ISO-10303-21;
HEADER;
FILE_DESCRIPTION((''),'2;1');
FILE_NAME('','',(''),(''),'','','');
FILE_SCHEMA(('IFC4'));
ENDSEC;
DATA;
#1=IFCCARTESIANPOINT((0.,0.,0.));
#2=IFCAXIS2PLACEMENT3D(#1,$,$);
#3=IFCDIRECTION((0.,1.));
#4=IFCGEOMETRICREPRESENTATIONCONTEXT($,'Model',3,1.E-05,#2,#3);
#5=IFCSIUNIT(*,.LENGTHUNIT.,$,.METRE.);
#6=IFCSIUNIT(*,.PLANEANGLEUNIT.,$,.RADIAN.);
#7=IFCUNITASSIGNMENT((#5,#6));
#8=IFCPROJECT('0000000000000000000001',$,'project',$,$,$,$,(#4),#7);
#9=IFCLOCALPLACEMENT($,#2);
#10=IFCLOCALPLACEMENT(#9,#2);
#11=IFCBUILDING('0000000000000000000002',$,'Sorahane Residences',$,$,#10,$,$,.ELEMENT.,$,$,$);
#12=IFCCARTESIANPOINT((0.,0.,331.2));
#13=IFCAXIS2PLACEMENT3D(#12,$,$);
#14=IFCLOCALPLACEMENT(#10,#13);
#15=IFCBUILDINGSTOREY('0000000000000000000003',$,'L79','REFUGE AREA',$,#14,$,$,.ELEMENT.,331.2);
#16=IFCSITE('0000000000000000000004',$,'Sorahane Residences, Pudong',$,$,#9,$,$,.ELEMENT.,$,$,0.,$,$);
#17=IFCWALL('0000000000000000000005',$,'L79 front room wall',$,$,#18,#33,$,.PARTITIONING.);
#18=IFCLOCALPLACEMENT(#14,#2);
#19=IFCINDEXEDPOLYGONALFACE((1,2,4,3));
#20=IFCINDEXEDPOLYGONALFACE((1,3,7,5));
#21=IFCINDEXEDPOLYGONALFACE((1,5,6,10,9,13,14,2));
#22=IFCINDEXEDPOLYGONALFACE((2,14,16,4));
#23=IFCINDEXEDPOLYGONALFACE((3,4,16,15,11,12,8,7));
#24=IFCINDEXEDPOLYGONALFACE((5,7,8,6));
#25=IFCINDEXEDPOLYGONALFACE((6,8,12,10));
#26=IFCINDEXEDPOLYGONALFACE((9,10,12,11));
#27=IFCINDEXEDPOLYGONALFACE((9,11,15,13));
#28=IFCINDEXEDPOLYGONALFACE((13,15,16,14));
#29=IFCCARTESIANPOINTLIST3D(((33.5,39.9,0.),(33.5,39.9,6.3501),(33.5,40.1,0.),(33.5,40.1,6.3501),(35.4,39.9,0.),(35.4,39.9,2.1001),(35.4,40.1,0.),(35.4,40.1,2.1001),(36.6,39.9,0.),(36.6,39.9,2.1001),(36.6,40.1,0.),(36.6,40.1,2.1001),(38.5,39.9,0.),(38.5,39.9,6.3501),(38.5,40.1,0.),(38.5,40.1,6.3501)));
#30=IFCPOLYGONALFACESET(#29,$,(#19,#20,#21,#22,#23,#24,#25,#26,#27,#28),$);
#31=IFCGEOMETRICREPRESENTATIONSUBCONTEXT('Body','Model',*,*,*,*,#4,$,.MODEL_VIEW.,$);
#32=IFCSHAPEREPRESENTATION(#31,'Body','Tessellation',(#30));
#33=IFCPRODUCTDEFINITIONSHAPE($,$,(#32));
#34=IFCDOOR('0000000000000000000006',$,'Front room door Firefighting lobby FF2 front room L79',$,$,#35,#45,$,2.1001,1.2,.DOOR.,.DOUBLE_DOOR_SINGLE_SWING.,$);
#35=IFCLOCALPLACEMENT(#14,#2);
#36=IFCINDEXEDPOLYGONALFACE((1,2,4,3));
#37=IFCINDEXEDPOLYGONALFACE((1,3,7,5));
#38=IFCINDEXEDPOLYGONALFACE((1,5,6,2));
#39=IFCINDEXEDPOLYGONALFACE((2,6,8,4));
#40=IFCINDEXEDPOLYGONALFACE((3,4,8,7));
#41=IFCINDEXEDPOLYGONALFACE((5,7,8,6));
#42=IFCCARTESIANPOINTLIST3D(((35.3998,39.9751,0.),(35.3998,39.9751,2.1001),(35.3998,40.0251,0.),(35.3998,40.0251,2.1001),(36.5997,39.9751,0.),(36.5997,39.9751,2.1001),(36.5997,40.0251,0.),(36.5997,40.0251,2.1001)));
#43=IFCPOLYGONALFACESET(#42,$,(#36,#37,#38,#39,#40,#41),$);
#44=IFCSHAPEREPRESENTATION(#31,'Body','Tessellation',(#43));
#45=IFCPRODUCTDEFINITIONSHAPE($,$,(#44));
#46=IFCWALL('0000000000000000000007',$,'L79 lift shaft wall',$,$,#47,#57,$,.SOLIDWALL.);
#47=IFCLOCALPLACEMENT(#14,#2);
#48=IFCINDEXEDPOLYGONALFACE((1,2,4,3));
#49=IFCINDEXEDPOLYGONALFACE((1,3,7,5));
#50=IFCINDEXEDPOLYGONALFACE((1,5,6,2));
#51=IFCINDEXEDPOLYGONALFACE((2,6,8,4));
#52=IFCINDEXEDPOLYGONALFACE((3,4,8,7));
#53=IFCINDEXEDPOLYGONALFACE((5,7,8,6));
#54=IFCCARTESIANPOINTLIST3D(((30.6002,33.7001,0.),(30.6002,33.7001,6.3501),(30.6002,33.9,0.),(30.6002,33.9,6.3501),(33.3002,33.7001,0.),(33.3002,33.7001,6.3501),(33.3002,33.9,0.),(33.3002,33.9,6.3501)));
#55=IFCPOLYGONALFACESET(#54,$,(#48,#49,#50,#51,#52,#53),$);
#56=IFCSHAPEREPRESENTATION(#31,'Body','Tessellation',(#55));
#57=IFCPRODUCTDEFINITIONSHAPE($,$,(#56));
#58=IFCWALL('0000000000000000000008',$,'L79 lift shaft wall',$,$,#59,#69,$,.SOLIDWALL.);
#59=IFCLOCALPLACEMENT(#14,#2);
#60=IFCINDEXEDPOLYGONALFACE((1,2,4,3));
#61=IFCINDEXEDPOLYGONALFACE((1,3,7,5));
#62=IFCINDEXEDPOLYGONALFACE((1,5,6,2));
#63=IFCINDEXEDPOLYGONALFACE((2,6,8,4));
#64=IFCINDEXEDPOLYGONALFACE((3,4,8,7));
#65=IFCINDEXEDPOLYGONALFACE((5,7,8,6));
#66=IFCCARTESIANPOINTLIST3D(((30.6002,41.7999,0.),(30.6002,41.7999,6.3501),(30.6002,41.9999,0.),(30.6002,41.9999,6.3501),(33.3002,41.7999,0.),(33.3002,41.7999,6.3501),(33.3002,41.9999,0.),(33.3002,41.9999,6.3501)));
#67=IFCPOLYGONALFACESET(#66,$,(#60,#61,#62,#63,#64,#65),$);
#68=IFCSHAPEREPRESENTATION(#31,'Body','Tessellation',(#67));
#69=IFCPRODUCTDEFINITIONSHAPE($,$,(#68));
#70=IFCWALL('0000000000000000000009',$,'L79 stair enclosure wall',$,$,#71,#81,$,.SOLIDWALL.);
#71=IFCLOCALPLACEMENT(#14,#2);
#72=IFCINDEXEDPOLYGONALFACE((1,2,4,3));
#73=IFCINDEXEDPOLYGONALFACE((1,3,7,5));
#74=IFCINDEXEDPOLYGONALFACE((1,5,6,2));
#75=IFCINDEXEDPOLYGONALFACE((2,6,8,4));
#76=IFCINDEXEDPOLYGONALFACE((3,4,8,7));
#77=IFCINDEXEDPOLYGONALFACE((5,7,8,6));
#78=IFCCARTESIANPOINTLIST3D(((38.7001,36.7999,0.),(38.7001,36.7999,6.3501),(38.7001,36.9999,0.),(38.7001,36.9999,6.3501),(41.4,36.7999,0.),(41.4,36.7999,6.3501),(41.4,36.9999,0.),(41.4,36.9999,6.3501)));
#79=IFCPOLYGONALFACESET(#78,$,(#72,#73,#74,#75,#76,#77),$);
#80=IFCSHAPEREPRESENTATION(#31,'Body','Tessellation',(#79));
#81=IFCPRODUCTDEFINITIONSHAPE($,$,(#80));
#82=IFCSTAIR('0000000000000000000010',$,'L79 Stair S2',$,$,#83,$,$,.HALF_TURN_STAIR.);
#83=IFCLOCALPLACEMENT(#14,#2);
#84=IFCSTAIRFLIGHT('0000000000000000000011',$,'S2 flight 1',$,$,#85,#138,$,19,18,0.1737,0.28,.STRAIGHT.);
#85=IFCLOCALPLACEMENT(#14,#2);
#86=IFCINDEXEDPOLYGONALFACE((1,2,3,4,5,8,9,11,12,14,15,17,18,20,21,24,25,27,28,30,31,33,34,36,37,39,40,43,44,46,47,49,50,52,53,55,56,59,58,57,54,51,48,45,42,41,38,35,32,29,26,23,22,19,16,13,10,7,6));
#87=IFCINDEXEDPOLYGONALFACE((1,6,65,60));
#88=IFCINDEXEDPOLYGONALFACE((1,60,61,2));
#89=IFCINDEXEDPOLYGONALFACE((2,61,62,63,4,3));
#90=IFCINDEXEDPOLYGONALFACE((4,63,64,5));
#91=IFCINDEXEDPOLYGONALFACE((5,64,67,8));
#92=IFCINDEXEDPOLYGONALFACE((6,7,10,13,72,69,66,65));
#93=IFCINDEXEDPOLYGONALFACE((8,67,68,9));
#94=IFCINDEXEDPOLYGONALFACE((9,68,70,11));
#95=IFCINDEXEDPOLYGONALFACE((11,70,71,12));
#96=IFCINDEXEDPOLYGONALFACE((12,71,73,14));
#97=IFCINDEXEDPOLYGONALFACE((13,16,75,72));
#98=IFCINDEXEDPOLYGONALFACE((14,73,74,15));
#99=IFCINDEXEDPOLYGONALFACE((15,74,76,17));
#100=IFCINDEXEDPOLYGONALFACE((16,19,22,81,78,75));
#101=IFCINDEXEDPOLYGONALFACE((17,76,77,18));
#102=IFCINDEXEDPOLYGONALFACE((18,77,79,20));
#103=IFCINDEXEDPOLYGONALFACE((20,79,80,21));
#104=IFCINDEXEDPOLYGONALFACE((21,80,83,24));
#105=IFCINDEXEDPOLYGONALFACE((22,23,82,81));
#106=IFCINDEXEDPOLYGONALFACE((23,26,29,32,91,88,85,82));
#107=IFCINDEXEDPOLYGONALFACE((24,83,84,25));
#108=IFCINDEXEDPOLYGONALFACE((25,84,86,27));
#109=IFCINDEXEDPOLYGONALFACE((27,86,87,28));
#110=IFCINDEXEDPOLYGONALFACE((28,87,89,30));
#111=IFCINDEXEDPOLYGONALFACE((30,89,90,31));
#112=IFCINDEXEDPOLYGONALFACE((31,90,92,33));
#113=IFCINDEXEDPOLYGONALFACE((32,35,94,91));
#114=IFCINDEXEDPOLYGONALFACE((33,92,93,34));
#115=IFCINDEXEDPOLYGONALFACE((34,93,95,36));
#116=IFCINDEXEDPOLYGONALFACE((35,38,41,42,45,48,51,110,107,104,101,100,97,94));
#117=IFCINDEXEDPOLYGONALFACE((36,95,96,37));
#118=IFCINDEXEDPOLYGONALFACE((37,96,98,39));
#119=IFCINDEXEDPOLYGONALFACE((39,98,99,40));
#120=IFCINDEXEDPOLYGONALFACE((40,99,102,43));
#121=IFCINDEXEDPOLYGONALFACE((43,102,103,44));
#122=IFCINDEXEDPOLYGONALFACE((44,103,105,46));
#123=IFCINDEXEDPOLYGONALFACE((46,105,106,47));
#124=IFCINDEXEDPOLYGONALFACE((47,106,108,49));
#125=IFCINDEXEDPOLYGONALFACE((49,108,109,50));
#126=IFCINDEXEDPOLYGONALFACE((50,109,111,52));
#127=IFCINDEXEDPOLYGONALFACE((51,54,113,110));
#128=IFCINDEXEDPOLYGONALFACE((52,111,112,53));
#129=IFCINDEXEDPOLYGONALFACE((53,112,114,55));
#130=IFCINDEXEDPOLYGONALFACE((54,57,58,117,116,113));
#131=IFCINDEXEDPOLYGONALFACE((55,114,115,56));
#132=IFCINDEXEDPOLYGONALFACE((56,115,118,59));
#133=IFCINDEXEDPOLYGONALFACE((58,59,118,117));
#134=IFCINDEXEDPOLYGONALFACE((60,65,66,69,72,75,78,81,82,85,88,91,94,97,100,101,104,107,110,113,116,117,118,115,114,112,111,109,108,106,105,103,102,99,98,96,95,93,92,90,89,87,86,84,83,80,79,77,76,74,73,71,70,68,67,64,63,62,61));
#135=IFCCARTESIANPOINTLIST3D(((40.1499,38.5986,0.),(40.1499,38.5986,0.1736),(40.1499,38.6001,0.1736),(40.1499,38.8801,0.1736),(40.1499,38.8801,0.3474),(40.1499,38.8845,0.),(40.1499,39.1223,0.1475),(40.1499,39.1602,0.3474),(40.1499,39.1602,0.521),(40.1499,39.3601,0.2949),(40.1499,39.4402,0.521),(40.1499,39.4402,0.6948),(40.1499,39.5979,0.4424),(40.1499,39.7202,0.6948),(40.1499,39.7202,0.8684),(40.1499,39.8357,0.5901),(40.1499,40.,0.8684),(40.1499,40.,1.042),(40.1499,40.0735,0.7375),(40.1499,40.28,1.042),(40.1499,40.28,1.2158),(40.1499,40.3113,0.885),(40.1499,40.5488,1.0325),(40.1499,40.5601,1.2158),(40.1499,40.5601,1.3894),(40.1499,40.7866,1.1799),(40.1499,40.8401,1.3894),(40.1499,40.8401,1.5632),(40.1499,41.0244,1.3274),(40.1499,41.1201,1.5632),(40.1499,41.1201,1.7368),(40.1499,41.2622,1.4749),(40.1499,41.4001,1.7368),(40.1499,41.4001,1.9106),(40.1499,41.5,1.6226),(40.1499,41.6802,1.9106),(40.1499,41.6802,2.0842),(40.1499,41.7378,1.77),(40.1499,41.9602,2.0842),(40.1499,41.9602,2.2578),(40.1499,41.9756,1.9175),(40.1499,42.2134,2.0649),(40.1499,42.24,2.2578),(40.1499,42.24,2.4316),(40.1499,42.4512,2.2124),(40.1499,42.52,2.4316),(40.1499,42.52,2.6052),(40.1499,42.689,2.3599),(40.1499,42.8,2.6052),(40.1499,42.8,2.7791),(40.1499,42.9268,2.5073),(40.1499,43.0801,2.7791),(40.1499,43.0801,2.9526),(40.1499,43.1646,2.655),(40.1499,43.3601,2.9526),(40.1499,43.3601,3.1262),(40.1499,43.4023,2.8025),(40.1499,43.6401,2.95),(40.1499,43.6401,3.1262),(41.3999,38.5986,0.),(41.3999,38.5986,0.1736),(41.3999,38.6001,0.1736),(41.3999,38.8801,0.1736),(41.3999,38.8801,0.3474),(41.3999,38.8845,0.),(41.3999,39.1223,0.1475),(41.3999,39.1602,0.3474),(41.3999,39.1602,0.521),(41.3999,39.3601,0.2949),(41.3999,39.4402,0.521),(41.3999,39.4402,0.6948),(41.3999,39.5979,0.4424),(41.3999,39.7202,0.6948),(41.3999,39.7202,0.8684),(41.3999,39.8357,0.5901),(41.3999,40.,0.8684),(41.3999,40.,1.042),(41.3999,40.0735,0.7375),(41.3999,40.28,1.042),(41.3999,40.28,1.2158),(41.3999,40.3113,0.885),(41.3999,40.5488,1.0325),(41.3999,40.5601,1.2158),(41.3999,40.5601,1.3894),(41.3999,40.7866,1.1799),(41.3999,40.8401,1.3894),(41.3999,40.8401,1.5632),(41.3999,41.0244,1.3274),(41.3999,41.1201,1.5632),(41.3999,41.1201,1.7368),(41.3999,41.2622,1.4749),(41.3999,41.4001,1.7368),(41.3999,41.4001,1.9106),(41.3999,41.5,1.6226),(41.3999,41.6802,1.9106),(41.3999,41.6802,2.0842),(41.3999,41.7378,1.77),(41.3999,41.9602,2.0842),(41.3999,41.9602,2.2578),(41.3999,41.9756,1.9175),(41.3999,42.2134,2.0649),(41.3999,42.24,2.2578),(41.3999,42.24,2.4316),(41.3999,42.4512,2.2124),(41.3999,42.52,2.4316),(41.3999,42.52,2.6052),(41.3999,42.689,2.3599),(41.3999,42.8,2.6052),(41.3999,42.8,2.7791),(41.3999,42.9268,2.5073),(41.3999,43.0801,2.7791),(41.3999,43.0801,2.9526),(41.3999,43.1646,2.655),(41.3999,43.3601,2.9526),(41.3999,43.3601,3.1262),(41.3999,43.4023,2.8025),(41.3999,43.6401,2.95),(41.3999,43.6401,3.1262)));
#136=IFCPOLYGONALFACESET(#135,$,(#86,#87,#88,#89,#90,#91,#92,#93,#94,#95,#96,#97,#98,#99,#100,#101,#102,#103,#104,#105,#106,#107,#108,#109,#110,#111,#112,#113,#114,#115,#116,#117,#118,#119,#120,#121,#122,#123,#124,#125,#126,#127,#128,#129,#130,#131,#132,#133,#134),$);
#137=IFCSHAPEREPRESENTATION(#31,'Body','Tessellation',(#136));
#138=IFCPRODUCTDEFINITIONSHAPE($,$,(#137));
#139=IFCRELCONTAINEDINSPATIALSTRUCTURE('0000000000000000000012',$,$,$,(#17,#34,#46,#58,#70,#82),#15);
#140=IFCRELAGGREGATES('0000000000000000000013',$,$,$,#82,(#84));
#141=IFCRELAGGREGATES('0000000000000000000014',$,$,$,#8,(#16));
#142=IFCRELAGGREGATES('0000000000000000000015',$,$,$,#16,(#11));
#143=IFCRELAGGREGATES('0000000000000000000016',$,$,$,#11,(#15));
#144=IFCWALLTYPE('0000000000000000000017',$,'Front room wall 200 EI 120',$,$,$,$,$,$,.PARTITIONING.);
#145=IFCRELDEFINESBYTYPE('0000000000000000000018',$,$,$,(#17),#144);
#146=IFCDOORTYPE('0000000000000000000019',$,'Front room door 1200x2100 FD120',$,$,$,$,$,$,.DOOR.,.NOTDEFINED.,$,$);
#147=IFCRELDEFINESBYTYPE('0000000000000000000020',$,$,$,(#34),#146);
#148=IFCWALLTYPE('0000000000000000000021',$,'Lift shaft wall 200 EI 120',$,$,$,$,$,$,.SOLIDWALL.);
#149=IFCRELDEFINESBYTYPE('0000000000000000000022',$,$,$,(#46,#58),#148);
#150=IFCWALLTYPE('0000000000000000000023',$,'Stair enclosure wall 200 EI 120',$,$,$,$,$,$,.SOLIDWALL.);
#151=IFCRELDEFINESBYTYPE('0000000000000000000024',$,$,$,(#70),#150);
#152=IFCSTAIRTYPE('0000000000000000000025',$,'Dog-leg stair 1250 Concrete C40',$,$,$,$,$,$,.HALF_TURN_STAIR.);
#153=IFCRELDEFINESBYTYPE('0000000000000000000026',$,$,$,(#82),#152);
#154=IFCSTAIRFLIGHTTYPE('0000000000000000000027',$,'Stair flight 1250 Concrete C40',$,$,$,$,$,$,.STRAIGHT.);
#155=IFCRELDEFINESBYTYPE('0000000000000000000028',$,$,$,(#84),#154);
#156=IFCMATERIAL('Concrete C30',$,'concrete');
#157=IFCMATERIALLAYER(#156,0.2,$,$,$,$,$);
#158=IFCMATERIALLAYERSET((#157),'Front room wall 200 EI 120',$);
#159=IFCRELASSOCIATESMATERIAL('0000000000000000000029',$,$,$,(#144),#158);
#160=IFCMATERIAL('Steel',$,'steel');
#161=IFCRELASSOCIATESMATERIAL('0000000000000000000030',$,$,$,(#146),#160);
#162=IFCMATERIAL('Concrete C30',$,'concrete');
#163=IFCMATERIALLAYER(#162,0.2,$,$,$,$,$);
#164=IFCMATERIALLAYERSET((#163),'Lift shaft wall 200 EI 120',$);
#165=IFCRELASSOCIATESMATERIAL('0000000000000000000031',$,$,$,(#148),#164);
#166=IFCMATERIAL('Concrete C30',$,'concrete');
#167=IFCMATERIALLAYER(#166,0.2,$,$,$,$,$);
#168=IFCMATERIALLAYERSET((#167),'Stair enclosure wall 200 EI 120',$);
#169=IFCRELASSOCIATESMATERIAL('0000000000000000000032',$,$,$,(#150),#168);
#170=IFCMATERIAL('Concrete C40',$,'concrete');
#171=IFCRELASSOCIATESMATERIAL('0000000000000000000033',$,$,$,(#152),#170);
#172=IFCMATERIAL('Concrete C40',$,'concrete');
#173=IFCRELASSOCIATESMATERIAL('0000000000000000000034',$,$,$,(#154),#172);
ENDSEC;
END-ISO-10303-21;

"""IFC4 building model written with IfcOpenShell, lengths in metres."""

from ifc_helpers import new_model, si_unit, direction, frame, frame_2d, origin, place, context, subcontext, project, spatial, polyline, rectangle, outline, extrude, material, layer, layer_set, type_object, element, fill, aggregate, save


model = new_model("IFC4")

# Units and contexts
model_context = context("Model", 3, precision=1e-05, world=origin(), true_north=direction((0.0, 1.0)))
body_context = subcontext(model_context, "Body", "Model", "MODEL_VIEW")
ifc_project = project(units=[si_unit("LENGTHUNIT", "METRE"), si_unit("PLANEANGLEUNIT", "RADIAN")], contexts=[model_context])

# Site, building, storey
site_placement = place(None, origin())
site = spatial("IfcSite", under=ifc_project, at=site_placement, Name="Sorahane Residences, Pudong", CompositionType="ELEMENT", RefElevation=0.0)
building_placement = place(site_placement, origin())
building = spatial("IfcBuilding", under=site, at=building_placement, Name="Sorahane Residences", CompositionType="ELEMENT")
storey_placement = place(building_placement, frame((0.0, 0.0, 331.2)))
storey = spatial("IfcBuildingStorey", under=building, at=storey_placement, Name="L79", Description="REFUGE AREA", CompositionType="ELEMENT", Elevation=331.2)

# Wall, opening, door
ifc_material_1 = material(Name="Concrete C30", Category="concrete")
ifc_layer_1 = layer(ifc_material_1, 0.2)
ifc_layer_set_1 = layer_set([ifc_layer_1], Name="Front room wall 200 EI 120")
wall_type_1 = type_object("IfcWallType", Name="Front room wall 200 EI 120", PredefinedType="PARTITIONING", material=ifc_layer_set_1)
wall_1_placement = place(storey_placement, frame((33.5, 40.0, 0.0), z_axis=(0.0, 0.0, 1.0), x_axis=(1.0, 0.0, 0.0)))
wall_1 = element("IfcWall", 1, at=wall_1_placement, inside=storey, type_object=wall_type_1, Name="L79 front room wall", PredefinedType="PARTITIONING", context=body_context, shape_type="SweptSolid", body=[
    extrude(rectangle(XDim=5.0, YDim=0.2, at=frame_2d((2.5, 0.0))), origin(), (0.0, 0.0, 1.0), 6.3501),
])
opening_placement = place(wall_1_placement, frame((1.8999, 0.0, 0.0)))
opening = element("IfcOpeningElement", 2, at=opening_placement, cuts=wall_1, PredefinedType="OPENING", context=body_context, shape_type="SweptSolid", body=[
    extrude(rectangle(XDim=1.2, YDim=2.1001, at=frame_2d((0.6001, 1.05))), frame((0.0, 0.1099, 0.0), z_axis=(0.0, -1.0, 0.0), x_axis=(1.0, 0.0, 0.0)), (0.0, 0.0, 1.0), 0.22),
])
ifc_material_2 = material(Name="Steel", Category="steel")
door_type = type_object("IfcDoorType", Name="Front room door 1200x2100 FD120", OperationType="NOTDEFINED", PredefinedType="DOOR", material=ifc_material_2)
door_placement = place(opening_placement, frame((1.2, 0.0, 0.0), z_axis=(0.0, 0.0, 1.0), x_axis=(-1.0, 0.0, 0.0)))
door = element("IfcDoor", 3, at=door_placement, inside=storey, type_object=door_type, Name="Front room door Firefighting lobby FF2 front room L79", OperationType="DOUBLE_DOOR_SINGLE_SWING", OverallHeight=2.1001, OverallWidth=1.2, PredefinedType="DOOR", context=body_context, shape_type="SweptSolid", body=[
    extrude(rectangle(XDim=1.2, YDim=2.1001, at=frame_2d((0.6001, 1.05))), frame((0.0, 0.0249, 0.0), z_axis=(0.0, -1.0, 0.0), x_axis=(1.0, 0.0, 0.0)), (0.0, 0.0, 1.0), 0.05),
])
fill(opening, door)

# Walls
ifc_material_3 = material(Name="Concrete C30", Category="concrete")
ifc_layer_2 = layer(ifc_material_3, 0.2)
ifc_layer_set_2 = layer_set([ifc_layer_2], Name="Lift shaft wall 200 EI 120")
wall_type_2 = type_object("IfcWallType", Name="Lift shaft wall 200 EI 120", PredefinedType="SOLIDWALL", material=ifc_layer_set_2)
for number, where, z_axis, x_axis, name in (
    (4, (30.6001, 33.8, 0.0), (0.0, 0.0, 1.0), (1.0, 0.0, 0.0), "L79 lift shaft wall"),
    (5, (30.6001, 41.8999, 0.0), (0.0, 0.0, 1.0), (1.0, 0.0, 0.0), "L79 lift shaft wall"),
):
    element("IfcWall", number, at=place(storey_placement, frame(where, z_axis=z_axis, x_axis=x_axis)), inside=storey, type_object=wall_type_2, Name=name, PredefinedType="SOLIDWALL", context=body_context, shape_type="SweptSolid", body=[
        extrude(rectangle(XDim=2.7, YDim=0.2, at=frame_2d((1.3501, 0.0))), origin(), (0.0, 0.0, 1.0), 6.3501),
    ])
ifc_material_4 = material(Name="Concrete C30", Category="concrete")
ifc_layer_3 = layer(ifc_material_4, 0.2)
ifc_layer_set_3 = layer_set([ifc_layer_3], Name="Stair enclosure wall 200 EI 120")
wall_type_3 = type_object("IfcWallType", Name="Stair enclosure wall 200 EI 120", PredefinedType="SOLIDWALL", material=ifc_layer_set_3)
wall_2_placement = place(storey_placement, frame((38.7, 36.8999, 0.0), z_axis=(0.0, 0.0, 1.0), x_axis=(1.0, 0.0, 0.0)))
element("IfcWall", 6, at=wall_2_placement, inside=storey, type_object=wall_type_3, Name="L79 stair enclosure wall", PredefinedType="SOLIDWALL", context=body_context, shape_type="SweptSolid", body=[
    extrude(rectangle(XDim=2.7, YDim=0.2, at=frame_2d((1.3501, 0.0))), origin(), (0.0, 0.0, 1.0), 6.3501),
])

# Stair, stair flight
ifc_material_5 = material(Name="Concrete C40", Category="concrete")
stair_type = type_object("IfcStairType", Name="Dog-leg stair 1250 Concrete C40", PredefinedType="HALF_TURN_STAIR", material=ifc_material_5)
stair_placement = place(storey_placement, origin())
stair = element("IfcStair", 7, at=stair_placement, inside=storey, type_object=stair_type, Name="L79 Stair S2", PredefinedType="HALF_TURN_STAIR")
ifc_material_6 = material(Name="Concrete C40", Category="concrete")
stair_flight_type = type_object("IfcStairFlightType", Name="Stair flight 1250 Concrete C40", PredefinedType="STRAIGHT", material=ifc_material_6)
stair_flight_placement = place(storey_placement, frame((40.7749, 38.6001, 0.0), z_axis=(0.0, 0.0, 1.0), x_axis=(0.0, 1.0, 0.0)))
stair_flight = element("IfcStairFlight", 8, at=stair_flight_placement, type_object=stair_flight_type, Name="S2 flight 1", NumberOfRisers=19, NumberOfTreads=18, PredefinedType="STRAIGHT", RiserHeight=0.1737, TreadLength=0.28, context=body_context, shape_type="SweptSolid", body=[
    extrude(outline(polyline([(-0.0015, 0.0), (-0.0015, 0.1736), (0.0, 0.1736), (0.28, 0.1736), (0.28, 0.3474), (0.5601, 0.3474), (0.5601, 0.521), (0.8401, 0.521), (0.8401, 0.6948), (1.1201, 0.6948), (1.1201, 0.8684), (1.3999, 0.8684), (1.3999, 1.042), (1.6799, 1.042), (1.6799, 1.2158), (1.96, 1.2158), (1.96, 1.3894), (2.24, 1.3894), (2.24, 1.5632), (2.52, 1.5632), (2.52, 1.7368), (2.8, 1.7368), (2.8, 1.9106), (3.0801, 1.9106), (3.0801, 2.0842), (3.3601, 2.0842), (3.3601, 2.2578), (3.6399, 2.2578), (3.6399, 2.4316), (3.9199, 2.4316), (3.9199, 2.6052), (4.2, 2.6052), (4.2, 2.7791), (4.48, 2.7791), (4.48, 2.9526), (4.76, 2.9526), (4.76, 3.1262), (5.04, 3.1262), (5.04, 3.3), (5.04, 2.95), (4.8022, 2.8025), (4.5645, 2.655), (4.3267, 2.5073), (4.0889, 2.3599), (3.8511, 2.2124), (3.6133, 2.0649), (3.3755, 1.9175), (3.1377, 1.77), (2.8999, 1.6226), (2.6621, 1.4749), (2.4243, 1.3274), (2.1865, 1.1799), (1.9487, 1.0325), (1.7112, 0.885), (1.4734, 0.7375), (1.2356, 0.5901), (0.9978, 0.4424), (0.76, 0.2949), (0.5222, 0.1475), (0.2844, 0.0), (-0.0015, 0.0)])), frame((0.0, 0.625, 0.0), z_axis=(0.0, -1.0, 0.0), x_axis=(1.0, 0.0, 0.0)), (0.0, 0.0, 1.0), 1.25),
])
aggregate(stair, [stair_flight])

save(model, "model.ifc")
